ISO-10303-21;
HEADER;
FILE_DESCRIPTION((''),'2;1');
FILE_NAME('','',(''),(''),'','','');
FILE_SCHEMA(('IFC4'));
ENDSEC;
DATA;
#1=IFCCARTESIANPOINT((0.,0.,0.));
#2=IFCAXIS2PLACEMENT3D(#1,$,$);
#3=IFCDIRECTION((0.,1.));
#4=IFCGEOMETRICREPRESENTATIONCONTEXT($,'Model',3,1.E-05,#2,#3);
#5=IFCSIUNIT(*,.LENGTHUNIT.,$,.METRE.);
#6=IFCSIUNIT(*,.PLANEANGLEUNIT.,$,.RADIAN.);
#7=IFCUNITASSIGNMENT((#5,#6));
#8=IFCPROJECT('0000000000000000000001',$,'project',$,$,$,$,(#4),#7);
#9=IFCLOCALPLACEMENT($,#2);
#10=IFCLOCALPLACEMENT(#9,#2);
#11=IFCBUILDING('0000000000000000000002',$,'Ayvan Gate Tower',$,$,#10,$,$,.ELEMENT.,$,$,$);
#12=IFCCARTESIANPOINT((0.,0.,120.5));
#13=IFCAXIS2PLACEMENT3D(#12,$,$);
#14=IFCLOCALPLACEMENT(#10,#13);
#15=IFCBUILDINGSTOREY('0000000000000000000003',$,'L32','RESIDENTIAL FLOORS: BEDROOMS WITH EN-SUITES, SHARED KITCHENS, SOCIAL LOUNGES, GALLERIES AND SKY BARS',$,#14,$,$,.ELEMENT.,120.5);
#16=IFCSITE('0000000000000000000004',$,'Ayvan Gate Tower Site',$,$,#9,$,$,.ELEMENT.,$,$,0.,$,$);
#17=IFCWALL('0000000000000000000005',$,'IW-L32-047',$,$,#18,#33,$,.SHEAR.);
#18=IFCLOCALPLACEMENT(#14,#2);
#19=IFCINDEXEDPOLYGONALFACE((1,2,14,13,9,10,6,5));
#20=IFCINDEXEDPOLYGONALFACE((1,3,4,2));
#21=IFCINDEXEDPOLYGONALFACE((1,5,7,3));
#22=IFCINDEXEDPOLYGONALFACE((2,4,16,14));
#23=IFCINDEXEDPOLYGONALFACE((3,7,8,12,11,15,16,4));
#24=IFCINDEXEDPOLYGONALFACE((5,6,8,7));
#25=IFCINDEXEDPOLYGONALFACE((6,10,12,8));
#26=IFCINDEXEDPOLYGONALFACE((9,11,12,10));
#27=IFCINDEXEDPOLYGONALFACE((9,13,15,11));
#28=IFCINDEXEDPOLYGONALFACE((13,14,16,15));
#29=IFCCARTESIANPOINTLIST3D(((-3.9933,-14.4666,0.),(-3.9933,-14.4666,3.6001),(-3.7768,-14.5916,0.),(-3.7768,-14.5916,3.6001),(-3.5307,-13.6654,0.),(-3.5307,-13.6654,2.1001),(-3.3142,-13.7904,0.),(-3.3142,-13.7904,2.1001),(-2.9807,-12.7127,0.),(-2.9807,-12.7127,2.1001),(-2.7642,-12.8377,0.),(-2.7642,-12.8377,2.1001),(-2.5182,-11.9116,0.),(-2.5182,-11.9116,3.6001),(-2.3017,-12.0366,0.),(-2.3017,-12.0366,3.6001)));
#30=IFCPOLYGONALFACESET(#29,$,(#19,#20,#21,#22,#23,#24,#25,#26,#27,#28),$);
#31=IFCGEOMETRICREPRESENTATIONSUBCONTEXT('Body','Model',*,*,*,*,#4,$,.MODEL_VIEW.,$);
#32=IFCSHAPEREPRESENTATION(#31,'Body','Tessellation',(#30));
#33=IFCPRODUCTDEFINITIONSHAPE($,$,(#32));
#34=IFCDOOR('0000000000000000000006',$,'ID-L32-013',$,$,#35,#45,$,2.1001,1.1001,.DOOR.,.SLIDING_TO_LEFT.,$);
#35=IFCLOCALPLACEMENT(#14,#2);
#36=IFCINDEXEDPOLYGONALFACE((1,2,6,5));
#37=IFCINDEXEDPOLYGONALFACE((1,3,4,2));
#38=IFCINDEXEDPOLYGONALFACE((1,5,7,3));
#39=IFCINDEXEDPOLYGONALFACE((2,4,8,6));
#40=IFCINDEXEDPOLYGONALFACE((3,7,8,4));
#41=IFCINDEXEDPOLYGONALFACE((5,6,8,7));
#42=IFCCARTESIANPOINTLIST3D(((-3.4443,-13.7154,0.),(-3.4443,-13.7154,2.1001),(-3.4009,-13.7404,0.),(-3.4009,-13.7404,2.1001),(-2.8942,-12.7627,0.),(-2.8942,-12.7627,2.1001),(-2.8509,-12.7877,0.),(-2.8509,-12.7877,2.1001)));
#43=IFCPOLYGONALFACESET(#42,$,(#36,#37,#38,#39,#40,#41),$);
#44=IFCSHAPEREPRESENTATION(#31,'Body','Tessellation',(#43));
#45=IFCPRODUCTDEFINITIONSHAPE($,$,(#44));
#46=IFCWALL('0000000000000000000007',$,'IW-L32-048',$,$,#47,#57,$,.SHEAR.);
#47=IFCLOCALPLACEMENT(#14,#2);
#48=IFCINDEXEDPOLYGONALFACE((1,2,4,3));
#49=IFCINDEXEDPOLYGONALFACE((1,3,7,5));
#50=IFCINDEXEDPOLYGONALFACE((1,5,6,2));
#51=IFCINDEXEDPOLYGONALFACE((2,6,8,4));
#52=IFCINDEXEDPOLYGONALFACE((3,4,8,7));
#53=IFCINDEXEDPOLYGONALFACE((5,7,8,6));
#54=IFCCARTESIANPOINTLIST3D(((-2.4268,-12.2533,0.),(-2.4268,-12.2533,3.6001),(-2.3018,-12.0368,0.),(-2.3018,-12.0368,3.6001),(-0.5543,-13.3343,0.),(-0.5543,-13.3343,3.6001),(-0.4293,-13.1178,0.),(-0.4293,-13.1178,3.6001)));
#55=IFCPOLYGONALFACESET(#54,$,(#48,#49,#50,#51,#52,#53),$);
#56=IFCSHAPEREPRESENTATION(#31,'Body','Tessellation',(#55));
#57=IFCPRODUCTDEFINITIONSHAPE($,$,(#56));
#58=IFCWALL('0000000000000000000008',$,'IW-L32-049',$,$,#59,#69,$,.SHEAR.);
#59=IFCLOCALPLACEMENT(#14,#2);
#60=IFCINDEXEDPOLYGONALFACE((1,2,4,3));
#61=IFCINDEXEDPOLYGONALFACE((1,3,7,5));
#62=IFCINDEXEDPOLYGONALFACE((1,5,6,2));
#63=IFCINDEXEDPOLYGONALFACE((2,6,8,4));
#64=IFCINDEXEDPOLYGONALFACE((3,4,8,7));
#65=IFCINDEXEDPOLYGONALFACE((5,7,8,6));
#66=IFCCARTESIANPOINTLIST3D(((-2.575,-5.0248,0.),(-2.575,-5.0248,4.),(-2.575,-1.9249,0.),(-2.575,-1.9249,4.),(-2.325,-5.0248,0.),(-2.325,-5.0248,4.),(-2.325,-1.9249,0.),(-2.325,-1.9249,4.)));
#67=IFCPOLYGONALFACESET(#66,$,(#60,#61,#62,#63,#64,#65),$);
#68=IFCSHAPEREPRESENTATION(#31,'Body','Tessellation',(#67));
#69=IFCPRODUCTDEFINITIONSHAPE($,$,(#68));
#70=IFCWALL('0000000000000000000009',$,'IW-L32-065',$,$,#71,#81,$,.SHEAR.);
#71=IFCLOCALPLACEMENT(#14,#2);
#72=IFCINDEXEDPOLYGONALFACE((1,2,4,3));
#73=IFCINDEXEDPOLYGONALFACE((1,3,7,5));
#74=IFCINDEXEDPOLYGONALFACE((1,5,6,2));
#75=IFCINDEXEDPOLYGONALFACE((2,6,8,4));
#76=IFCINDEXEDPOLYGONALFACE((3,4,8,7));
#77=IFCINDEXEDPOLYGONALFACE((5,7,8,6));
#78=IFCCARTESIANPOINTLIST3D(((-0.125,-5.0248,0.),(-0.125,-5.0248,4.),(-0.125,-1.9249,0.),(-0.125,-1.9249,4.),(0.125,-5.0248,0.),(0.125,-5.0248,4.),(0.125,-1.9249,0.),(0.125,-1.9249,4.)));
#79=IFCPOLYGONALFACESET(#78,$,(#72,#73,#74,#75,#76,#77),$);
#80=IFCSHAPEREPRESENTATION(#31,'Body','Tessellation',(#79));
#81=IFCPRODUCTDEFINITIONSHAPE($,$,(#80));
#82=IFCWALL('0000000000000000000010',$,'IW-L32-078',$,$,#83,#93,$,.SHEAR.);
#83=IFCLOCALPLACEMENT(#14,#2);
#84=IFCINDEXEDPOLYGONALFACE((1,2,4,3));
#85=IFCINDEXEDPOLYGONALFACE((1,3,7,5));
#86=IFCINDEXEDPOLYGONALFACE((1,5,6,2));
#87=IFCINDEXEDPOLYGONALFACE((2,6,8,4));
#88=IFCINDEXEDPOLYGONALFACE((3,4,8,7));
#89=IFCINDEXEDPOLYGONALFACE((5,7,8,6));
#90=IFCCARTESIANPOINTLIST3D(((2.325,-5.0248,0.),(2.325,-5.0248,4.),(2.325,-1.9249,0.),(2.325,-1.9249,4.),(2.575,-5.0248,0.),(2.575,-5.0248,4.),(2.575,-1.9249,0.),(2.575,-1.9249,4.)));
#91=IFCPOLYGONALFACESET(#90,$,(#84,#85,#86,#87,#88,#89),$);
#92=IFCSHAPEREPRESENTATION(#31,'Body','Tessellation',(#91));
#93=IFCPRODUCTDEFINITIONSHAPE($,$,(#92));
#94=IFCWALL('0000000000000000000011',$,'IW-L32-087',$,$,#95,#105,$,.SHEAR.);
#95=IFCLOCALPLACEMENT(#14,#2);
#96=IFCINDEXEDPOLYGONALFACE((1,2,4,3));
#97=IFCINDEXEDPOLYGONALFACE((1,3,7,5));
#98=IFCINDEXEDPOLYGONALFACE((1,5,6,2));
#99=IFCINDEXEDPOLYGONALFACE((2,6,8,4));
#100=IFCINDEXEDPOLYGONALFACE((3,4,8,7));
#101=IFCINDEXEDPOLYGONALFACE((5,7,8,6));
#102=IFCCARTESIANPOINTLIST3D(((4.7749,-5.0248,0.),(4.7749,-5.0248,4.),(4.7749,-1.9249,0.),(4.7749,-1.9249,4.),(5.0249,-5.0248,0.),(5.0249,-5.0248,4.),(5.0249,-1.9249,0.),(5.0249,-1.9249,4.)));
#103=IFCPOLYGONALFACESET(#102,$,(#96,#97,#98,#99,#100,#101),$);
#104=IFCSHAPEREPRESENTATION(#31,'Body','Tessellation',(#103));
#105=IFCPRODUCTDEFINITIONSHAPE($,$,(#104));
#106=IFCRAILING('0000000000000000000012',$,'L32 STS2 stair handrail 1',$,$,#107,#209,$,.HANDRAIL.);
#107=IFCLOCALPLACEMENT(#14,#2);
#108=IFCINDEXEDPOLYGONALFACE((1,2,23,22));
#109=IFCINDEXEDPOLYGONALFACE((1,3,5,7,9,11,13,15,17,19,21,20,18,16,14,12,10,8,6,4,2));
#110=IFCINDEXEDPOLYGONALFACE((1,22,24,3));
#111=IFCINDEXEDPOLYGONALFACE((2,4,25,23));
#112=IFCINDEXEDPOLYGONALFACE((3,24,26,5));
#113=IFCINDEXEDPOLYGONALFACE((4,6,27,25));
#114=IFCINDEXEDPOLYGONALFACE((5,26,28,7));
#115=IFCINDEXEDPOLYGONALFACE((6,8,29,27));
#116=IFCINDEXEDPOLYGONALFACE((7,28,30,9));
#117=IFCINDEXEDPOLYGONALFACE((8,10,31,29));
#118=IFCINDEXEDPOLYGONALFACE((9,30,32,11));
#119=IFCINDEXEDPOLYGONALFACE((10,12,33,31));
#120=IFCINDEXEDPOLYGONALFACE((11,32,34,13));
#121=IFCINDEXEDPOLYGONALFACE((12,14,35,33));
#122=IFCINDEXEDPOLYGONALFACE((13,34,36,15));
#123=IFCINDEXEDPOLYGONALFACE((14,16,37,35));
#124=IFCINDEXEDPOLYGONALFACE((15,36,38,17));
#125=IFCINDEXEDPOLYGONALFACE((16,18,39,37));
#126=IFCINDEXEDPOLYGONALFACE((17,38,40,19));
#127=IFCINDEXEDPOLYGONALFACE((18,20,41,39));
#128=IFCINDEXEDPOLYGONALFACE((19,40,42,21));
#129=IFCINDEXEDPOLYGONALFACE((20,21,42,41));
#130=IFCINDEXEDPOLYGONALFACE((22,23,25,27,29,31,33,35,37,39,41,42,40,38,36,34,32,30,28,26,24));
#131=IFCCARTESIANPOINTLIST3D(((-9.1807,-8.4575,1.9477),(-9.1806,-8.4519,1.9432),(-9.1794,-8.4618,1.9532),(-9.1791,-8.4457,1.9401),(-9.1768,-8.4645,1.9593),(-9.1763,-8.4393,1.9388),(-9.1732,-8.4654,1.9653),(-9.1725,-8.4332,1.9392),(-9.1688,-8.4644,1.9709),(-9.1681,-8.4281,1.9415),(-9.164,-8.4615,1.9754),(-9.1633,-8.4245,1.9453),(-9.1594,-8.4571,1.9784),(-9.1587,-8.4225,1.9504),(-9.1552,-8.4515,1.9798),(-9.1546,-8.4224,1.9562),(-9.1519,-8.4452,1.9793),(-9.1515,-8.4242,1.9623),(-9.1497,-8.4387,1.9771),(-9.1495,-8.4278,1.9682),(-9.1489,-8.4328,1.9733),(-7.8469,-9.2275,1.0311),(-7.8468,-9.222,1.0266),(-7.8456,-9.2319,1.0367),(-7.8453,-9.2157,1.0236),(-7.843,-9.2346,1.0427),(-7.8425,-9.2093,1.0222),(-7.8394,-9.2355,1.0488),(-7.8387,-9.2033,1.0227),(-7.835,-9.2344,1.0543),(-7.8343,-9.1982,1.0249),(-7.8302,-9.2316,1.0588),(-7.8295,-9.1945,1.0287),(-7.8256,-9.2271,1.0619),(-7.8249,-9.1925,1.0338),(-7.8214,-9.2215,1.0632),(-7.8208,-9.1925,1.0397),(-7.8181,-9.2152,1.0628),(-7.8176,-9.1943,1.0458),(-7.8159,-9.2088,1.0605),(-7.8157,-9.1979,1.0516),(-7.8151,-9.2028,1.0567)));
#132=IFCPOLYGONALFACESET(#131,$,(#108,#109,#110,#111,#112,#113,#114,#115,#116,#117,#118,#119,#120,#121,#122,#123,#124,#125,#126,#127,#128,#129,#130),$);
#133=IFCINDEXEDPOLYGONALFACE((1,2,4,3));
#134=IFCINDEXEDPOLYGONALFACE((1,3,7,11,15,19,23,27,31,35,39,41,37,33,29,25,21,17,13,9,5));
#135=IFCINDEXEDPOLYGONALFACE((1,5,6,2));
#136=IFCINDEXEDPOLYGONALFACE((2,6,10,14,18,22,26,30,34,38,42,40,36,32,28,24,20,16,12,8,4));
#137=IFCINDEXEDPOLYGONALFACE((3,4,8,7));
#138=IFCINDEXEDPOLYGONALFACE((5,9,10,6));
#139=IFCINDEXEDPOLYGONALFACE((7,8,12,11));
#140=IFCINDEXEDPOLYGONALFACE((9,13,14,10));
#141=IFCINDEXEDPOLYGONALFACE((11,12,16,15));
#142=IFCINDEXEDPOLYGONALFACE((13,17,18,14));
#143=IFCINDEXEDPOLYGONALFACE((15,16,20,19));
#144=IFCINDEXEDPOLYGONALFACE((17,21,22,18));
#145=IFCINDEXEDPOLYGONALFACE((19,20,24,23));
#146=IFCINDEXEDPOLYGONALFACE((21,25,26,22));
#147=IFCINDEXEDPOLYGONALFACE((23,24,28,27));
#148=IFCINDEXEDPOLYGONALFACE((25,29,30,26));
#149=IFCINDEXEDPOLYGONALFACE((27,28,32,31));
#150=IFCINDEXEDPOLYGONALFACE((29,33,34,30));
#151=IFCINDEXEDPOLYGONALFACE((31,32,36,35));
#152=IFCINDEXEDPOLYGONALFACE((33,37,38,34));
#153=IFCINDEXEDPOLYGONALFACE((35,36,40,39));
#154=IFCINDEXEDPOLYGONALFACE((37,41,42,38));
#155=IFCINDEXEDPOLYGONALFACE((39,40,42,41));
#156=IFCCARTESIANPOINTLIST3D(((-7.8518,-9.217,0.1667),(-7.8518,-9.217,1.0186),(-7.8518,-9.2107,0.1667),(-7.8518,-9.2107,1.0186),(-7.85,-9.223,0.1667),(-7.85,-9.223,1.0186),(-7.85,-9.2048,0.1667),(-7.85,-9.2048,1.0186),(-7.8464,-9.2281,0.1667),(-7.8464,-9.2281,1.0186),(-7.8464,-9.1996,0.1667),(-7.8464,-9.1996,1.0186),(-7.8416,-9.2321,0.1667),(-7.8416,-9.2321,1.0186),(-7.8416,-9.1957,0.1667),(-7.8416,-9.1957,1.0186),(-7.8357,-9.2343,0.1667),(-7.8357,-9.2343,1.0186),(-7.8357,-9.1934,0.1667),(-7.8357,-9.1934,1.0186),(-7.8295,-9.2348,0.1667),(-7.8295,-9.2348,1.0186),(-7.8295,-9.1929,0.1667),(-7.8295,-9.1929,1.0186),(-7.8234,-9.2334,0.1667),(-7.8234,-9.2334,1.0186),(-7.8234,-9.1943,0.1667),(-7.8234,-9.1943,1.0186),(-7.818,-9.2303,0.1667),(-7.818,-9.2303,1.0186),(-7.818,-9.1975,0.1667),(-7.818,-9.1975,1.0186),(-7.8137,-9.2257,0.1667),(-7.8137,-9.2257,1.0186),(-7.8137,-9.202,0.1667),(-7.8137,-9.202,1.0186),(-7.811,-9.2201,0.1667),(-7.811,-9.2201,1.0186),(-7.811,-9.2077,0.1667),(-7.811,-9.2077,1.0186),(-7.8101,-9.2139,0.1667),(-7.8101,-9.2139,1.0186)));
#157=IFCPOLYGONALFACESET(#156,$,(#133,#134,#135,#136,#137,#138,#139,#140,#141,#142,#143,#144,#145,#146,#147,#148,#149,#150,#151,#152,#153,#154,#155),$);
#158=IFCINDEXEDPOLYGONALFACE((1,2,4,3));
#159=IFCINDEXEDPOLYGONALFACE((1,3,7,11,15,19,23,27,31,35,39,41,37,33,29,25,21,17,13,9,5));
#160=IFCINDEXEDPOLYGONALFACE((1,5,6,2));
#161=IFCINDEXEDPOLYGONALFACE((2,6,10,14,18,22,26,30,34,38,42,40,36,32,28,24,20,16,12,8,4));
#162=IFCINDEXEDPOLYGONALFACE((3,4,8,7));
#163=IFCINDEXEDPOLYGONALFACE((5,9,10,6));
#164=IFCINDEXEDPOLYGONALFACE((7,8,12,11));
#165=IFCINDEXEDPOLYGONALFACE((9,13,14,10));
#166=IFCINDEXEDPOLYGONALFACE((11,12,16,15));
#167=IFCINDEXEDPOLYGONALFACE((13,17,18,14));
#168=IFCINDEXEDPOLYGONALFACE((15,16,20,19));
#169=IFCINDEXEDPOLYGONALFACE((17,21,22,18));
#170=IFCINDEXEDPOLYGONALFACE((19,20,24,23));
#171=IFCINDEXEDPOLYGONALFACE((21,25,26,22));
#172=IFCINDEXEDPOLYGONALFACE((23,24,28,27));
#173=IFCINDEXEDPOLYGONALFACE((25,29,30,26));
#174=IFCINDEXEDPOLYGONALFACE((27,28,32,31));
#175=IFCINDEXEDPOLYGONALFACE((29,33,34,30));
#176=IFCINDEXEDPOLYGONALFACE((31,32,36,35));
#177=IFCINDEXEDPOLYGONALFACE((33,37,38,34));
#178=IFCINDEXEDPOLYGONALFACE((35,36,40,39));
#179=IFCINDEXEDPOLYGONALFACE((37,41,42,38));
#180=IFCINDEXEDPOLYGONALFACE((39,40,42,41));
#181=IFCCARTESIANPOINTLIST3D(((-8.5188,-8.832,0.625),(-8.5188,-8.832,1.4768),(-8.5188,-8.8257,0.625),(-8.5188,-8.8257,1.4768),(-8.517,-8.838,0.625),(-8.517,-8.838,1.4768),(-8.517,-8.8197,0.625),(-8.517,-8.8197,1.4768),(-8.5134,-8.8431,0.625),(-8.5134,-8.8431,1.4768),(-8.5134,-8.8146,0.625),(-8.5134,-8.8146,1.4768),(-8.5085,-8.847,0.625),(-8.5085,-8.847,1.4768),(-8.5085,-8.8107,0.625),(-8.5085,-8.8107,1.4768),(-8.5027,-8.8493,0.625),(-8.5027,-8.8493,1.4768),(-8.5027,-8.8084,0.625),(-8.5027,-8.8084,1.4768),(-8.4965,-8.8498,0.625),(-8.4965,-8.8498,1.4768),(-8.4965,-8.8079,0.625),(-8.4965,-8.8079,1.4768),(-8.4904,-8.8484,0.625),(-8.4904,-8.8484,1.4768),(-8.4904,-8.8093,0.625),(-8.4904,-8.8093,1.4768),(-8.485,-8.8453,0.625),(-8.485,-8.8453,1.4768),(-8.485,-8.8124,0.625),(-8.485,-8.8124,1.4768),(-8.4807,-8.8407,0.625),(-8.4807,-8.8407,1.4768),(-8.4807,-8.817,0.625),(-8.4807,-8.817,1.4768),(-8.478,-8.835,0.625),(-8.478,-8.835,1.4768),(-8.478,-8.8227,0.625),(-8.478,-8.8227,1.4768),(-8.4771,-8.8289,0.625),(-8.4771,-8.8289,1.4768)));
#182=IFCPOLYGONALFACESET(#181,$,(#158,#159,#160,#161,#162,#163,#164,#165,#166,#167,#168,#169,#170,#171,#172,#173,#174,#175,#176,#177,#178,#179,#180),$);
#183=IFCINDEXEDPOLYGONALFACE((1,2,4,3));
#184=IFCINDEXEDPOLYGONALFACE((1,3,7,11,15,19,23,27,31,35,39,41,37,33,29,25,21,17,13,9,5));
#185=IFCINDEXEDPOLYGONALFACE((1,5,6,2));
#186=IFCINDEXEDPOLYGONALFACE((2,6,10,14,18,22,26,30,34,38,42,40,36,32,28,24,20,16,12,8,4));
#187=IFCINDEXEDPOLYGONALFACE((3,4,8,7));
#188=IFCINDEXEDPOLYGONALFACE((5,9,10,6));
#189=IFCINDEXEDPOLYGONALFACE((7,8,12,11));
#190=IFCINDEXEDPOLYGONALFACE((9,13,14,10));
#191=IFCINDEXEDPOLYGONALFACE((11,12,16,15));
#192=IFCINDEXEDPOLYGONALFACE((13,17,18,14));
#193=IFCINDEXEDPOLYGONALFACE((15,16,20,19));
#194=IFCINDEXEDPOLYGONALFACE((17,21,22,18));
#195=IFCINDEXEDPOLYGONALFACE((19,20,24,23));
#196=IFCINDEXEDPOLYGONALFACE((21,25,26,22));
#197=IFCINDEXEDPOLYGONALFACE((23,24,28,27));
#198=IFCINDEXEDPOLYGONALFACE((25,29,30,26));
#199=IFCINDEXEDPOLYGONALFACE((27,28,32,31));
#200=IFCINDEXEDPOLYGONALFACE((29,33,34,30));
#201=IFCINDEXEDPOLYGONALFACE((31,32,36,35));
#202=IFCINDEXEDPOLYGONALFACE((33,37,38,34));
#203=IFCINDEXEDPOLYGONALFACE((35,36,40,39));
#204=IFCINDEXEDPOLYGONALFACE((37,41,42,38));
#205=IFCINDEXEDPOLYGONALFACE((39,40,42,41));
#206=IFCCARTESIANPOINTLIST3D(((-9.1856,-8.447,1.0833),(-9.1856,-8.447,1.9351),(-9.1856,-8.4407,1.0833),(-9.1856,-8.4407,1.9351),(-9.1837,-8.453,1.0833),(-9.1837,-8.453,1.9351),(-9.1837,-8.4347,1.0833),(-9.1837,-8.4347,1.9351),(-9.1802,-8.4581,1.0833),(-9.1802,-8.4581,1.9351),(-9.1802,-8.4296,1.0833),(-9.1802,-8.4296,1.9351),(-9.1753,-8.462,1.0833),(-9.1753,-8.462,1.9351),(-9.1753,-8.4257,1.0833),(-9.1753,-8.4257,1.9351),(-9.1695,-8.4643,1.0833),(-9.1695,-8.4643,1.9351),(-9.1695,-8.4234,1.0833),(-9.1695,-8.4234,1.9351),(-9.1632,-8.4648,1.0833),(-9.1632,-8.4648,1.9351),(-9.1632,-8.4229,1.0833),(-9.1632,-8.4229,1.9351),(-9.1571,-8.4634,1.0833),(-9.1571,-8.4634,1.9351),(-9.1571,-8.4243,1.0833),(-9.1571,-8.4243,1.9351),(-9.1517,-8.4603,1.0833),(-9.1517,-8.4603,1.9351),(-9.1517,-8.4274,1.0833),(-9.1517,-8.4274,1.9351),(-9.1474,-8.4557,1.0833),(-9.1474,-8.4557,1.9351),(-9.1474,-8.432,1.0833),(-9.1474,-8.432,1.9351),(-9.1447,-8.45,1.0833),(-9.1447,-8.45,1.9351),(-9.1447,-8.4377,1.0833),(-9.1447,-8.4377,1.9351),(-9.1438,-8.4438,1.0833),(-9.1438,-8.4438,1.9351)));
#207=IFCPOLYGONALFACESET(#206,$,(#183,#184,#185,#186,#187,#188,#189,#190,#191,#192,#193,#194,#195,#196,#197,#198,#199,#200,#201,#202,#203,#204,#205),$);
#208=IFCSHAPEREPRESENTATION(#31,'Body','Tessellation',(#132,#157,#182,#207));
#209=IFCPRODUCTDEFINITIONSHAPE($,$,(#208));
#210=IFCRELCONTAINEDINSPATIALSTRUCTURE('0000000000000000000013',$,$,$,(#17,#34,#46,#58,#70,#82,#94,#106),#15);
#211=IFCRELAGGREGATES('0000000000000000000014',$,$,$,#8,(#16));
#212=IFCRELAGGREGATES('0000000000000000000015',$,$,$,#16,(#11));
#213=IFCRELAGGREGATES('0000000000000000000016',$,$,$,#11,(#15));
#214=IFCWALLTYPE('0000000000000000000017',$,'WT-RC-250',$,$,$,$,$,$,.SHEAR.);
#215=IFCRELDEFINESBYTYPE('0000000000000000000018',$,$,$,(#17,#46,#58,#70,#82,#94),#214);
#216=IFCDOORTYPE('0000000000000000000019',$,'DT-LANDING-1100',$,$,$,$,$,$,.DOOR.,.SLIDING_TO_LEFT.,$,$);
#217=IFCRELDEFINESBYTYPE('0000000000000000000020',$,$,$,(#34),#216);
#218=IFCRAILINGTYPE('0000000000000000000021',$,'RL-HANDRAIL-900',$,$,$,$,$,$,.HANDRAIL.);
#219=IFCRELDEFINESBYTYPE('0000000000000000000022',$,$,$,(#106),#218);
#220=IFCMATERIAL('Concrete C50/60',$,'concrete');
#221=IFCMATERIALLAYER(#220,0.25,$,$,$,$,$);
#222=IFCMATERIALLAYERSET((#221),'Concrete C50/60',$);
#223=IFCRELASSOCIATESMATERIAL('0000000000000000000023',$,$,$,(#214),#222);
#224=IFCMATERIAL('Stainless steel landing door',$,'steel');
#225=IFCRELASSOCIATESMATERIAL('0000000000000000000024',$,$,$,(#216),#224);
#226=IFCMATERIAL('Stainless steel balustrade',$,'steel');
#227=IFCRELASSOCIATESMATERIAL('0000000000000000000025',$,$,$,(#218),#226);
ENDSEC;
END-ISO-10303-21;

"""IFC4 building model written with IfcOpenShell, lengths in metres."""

from ifc_helpers import new_model, si_unit, direction, frame, frame_2d, origin, origin_2d, place, context, subcontext, project, spatial, rectangle, circle, extrude, material, layer, layer_set, type_object, element, fill, save


model = new_model("IFC4")

# Units and contexts
model_context = context("Model", 3, precision=1e-05, world=origin(), true_north=direction((0.0, 1.0)))
body_context = subcontext(model_context, "Body", "Model", "MODEL_VIEW")
ifc_project = project(units=[si_unit("LENGTHUNIT", "METRE"), si_unit("PLANEANGLEUNIT", "RADIAN")], contexts=[model_context])

# Site, building, storey
site_placement = place(None, origin())
site = spatial("IfcSite", under=ifc_project, at=site_placement, Name="Ayvan Gate Tower Site", CompositionType="ELEMENT", RefElevation=0.0)
building_placement = place(site_placement, origin())
building = spatial("IfcBuilding", under=site, at=building_placement, Name="Ayvan Gate Tower", CompositionType="ELEMENT")
storey_placement = place(building_placement, frame((0.0, 0.0, 120.5)))
storey = spatial("IfcBuildingStorey", under=building, at=storey_placement, Name="L32", Description="RESIDENTIAL FLOORS: BEDROOMS WITH EN-SUITES, SHARED KITCHENS, SOCIAL LOUNGES, GALLERIES AND SKY BARS", CompositionType="ELEMENT", Elevation=120.5)

# Shared definitions
ifc_material_1 = material(Name="Concrete C50/60", Category="concrete")
ifc_layer_1 = layer(ifc_material_1, 0.25)
ifc_layer_set_1 = layer_set([ifc_layer_1], Name="Concrete C50/60")
wall_type_1 = type_object("IfcWallType", Name="WT-RC-250", PredefinedType="SHEAR", material=ifc_layer_set_1)

# Shared definitions
ifc_material_2 = material(Name="Stainless steel landing door", Category="steel")
door_type_1 = type_object("IfcDoorType", Name="DT-LANDING-1100", OperationType="SLIDING_TO_LEFT", PredefinedType="DOOR", material=ifc_material_2)

# Wall, opening, door
wall_1_placement = place(storey_placement, frame((-2.4099, -11.9741, 0.0), z_axis=(0.0, 0.0, 1.0), x_axis=(-0.500002, -0.866024, 0.0)))
wall_1 = element("IfcWall", 1, at=wall_1_placement, inside=storey, type_object=wall_type_1, Name="IW-L32-047", PredefinedType="SHEAR", context=body_context, shape_type="SweptSolid", body=[
    extrude(rectangle(XDim=2.9502, YDim=0.25, at=frame_2d((1.4751, 0.0))), origin(), (0.0, 0.0, 1.0), 3.6001),
])
opening_1_placement = place(wall_1_placement, frame((0.925, 0.0, 0.0)))
opening_1 = element("IfcOpeningElement", 2, at=opening_1_placement, cuts=wall_1, PredefinedType="OPENING", context=body_context, shape_type="SweptSolid", body=[
    extrude(rectangle(XDim=1.1001, YDim=2.1001, at=frame_2d((0.55, 1.05))), frame((0.0, 0.135, 0.0), z_axis=(0.0, -1.0, 0.0), x_axis=(1.0, 0.0, 0.0)), (0.0, 0.0, 1.0), 0.27),
])
door_1_placement = place(opening_1_placement, origin())
door_1 = element("IfcDoor", 3, at=door_1_placement, inside=storey, type_object=door_type_1, Name="ID-L32-013", OperationType="SLIDING_TO_LEFT", OverallHeight=2.1001, OverallWidth=1.1001, PredefinedType="DOOR", context=body_context, shape_type="SweptSolid", body=[
    extrude(rectangle(XDim=1.1001, YDim=2.1001, at=frame_2d((0.55, 1.05))), frame((0.0, 0.0249, 0.0), z_axis=(0.0, -1.0, 0.0), x_axis=(1.0, 0.0, 0.0)), (0.0, 0.0, 1.0), 0.05),
])
fill(opening_1, door_1)

# Walls
wall_2_placement = place(storey_placement, frame((-2.3643, -12.145, 0.0), z_axis=(0.0, 0.0, 1.0), x_axis=(0.866039, -0.499977, 0.0)))
element("IfcWall", 4, at=wall_2_placement, inside=storey, type_object=wall_type_1, Name="IW-L32-048", PredefinedType="SHEAR", context=body_context, shape_type="SweptSolid", body=[
    extrude(rectangle(XDim=2.1621, YDim=0.25, at=frame_2d((1.0811, 0.0))), origin(), (0.0, 0.0, 1.0), 3.6001),
])
for number, where, z_axis, x_axis, name in (
    (5, (-2.45, -1.925, 0.0), (0.0, 0.0, 1.0), (0.0, -1.0, 0.0), "IW-L32-049"),
    (6, (0.0, -1.925, 0.0), (0.0, 0.0, 1.0), (0.0, -1.0, 0.0), "IW-L32-065"),
    (7, (2.45, -1.925, 0.0), (0.0, 0.0, 1.0), (0.0, -1.0, 0.0), "IW-L32-078"),
    (8, (4.8999, -1.925, 0.0), (0.0, 0.0, 1.0), (0.0, -1.0, 0.0), "IW-L32-087"),
):
    element("IfcWall", number, at=place(storey_placement, frame(where, z_axis=z_axis, x_axis=x_axis)), inside=storey, type_object=wall_type_1, Name=name, PredefinedType="SHEAR", context=body_context, shape_type="SweptSolid", body=[
        extrude(rectangle(XDim=3.0999, YDim=0.25, at=frame_2d((1.5498, 0.0))), origin(), (0.0, 0.0, 1.0), 4.0),
    ])

# Railing
ifc_material_3 = material(Name="Stainless steel balustrade", Category="steel")
railing_type = type_object("IfcRailingType", Name="RL-HANDRAIL-900", PredefinedType="HANDRAIL", material=ifc_material_3)
railing_1_placement = place(storey_placement, frame((-7.8311, -9.2139, 0.1667)))
element("IfcRailing", 9, at=railing_1_placement, inside=storey, type_object=railing_type, Name="L32 STS2 stair handrail 1", PredefinedType="HANDRAIL", context=body_context, shape_type="SweptSolid", body=[
    extrude(circle(Radius=0.0239, at=origin_2d()), frame((0.0, 0.0, 0.876), z_axis=(-0.744216, 0.429664, 0.511401), x_axis=(-0.499992, -0.86603, 0.0)), (0.0, 0.0, 1.0), 1.7922),
    extrude(circle(Radius=0.021, at=origin_2d()), origin(), (0.0, 0.0, 1.0), 0.8518),
    extrude(circle(Radius=0.021, at=origin_2d()), frame((-0.667, 0.385, 0.4583)), (0.0, 0.0, 1.0), 0.8518),
    extrude(circle(Radius=0.021, at=origin_2d()), frame((-1.3337, 0.77, 0.9165)), (0.0, 0.0, 1.0), 0.8518),
])

save(model, "model.ifc")
